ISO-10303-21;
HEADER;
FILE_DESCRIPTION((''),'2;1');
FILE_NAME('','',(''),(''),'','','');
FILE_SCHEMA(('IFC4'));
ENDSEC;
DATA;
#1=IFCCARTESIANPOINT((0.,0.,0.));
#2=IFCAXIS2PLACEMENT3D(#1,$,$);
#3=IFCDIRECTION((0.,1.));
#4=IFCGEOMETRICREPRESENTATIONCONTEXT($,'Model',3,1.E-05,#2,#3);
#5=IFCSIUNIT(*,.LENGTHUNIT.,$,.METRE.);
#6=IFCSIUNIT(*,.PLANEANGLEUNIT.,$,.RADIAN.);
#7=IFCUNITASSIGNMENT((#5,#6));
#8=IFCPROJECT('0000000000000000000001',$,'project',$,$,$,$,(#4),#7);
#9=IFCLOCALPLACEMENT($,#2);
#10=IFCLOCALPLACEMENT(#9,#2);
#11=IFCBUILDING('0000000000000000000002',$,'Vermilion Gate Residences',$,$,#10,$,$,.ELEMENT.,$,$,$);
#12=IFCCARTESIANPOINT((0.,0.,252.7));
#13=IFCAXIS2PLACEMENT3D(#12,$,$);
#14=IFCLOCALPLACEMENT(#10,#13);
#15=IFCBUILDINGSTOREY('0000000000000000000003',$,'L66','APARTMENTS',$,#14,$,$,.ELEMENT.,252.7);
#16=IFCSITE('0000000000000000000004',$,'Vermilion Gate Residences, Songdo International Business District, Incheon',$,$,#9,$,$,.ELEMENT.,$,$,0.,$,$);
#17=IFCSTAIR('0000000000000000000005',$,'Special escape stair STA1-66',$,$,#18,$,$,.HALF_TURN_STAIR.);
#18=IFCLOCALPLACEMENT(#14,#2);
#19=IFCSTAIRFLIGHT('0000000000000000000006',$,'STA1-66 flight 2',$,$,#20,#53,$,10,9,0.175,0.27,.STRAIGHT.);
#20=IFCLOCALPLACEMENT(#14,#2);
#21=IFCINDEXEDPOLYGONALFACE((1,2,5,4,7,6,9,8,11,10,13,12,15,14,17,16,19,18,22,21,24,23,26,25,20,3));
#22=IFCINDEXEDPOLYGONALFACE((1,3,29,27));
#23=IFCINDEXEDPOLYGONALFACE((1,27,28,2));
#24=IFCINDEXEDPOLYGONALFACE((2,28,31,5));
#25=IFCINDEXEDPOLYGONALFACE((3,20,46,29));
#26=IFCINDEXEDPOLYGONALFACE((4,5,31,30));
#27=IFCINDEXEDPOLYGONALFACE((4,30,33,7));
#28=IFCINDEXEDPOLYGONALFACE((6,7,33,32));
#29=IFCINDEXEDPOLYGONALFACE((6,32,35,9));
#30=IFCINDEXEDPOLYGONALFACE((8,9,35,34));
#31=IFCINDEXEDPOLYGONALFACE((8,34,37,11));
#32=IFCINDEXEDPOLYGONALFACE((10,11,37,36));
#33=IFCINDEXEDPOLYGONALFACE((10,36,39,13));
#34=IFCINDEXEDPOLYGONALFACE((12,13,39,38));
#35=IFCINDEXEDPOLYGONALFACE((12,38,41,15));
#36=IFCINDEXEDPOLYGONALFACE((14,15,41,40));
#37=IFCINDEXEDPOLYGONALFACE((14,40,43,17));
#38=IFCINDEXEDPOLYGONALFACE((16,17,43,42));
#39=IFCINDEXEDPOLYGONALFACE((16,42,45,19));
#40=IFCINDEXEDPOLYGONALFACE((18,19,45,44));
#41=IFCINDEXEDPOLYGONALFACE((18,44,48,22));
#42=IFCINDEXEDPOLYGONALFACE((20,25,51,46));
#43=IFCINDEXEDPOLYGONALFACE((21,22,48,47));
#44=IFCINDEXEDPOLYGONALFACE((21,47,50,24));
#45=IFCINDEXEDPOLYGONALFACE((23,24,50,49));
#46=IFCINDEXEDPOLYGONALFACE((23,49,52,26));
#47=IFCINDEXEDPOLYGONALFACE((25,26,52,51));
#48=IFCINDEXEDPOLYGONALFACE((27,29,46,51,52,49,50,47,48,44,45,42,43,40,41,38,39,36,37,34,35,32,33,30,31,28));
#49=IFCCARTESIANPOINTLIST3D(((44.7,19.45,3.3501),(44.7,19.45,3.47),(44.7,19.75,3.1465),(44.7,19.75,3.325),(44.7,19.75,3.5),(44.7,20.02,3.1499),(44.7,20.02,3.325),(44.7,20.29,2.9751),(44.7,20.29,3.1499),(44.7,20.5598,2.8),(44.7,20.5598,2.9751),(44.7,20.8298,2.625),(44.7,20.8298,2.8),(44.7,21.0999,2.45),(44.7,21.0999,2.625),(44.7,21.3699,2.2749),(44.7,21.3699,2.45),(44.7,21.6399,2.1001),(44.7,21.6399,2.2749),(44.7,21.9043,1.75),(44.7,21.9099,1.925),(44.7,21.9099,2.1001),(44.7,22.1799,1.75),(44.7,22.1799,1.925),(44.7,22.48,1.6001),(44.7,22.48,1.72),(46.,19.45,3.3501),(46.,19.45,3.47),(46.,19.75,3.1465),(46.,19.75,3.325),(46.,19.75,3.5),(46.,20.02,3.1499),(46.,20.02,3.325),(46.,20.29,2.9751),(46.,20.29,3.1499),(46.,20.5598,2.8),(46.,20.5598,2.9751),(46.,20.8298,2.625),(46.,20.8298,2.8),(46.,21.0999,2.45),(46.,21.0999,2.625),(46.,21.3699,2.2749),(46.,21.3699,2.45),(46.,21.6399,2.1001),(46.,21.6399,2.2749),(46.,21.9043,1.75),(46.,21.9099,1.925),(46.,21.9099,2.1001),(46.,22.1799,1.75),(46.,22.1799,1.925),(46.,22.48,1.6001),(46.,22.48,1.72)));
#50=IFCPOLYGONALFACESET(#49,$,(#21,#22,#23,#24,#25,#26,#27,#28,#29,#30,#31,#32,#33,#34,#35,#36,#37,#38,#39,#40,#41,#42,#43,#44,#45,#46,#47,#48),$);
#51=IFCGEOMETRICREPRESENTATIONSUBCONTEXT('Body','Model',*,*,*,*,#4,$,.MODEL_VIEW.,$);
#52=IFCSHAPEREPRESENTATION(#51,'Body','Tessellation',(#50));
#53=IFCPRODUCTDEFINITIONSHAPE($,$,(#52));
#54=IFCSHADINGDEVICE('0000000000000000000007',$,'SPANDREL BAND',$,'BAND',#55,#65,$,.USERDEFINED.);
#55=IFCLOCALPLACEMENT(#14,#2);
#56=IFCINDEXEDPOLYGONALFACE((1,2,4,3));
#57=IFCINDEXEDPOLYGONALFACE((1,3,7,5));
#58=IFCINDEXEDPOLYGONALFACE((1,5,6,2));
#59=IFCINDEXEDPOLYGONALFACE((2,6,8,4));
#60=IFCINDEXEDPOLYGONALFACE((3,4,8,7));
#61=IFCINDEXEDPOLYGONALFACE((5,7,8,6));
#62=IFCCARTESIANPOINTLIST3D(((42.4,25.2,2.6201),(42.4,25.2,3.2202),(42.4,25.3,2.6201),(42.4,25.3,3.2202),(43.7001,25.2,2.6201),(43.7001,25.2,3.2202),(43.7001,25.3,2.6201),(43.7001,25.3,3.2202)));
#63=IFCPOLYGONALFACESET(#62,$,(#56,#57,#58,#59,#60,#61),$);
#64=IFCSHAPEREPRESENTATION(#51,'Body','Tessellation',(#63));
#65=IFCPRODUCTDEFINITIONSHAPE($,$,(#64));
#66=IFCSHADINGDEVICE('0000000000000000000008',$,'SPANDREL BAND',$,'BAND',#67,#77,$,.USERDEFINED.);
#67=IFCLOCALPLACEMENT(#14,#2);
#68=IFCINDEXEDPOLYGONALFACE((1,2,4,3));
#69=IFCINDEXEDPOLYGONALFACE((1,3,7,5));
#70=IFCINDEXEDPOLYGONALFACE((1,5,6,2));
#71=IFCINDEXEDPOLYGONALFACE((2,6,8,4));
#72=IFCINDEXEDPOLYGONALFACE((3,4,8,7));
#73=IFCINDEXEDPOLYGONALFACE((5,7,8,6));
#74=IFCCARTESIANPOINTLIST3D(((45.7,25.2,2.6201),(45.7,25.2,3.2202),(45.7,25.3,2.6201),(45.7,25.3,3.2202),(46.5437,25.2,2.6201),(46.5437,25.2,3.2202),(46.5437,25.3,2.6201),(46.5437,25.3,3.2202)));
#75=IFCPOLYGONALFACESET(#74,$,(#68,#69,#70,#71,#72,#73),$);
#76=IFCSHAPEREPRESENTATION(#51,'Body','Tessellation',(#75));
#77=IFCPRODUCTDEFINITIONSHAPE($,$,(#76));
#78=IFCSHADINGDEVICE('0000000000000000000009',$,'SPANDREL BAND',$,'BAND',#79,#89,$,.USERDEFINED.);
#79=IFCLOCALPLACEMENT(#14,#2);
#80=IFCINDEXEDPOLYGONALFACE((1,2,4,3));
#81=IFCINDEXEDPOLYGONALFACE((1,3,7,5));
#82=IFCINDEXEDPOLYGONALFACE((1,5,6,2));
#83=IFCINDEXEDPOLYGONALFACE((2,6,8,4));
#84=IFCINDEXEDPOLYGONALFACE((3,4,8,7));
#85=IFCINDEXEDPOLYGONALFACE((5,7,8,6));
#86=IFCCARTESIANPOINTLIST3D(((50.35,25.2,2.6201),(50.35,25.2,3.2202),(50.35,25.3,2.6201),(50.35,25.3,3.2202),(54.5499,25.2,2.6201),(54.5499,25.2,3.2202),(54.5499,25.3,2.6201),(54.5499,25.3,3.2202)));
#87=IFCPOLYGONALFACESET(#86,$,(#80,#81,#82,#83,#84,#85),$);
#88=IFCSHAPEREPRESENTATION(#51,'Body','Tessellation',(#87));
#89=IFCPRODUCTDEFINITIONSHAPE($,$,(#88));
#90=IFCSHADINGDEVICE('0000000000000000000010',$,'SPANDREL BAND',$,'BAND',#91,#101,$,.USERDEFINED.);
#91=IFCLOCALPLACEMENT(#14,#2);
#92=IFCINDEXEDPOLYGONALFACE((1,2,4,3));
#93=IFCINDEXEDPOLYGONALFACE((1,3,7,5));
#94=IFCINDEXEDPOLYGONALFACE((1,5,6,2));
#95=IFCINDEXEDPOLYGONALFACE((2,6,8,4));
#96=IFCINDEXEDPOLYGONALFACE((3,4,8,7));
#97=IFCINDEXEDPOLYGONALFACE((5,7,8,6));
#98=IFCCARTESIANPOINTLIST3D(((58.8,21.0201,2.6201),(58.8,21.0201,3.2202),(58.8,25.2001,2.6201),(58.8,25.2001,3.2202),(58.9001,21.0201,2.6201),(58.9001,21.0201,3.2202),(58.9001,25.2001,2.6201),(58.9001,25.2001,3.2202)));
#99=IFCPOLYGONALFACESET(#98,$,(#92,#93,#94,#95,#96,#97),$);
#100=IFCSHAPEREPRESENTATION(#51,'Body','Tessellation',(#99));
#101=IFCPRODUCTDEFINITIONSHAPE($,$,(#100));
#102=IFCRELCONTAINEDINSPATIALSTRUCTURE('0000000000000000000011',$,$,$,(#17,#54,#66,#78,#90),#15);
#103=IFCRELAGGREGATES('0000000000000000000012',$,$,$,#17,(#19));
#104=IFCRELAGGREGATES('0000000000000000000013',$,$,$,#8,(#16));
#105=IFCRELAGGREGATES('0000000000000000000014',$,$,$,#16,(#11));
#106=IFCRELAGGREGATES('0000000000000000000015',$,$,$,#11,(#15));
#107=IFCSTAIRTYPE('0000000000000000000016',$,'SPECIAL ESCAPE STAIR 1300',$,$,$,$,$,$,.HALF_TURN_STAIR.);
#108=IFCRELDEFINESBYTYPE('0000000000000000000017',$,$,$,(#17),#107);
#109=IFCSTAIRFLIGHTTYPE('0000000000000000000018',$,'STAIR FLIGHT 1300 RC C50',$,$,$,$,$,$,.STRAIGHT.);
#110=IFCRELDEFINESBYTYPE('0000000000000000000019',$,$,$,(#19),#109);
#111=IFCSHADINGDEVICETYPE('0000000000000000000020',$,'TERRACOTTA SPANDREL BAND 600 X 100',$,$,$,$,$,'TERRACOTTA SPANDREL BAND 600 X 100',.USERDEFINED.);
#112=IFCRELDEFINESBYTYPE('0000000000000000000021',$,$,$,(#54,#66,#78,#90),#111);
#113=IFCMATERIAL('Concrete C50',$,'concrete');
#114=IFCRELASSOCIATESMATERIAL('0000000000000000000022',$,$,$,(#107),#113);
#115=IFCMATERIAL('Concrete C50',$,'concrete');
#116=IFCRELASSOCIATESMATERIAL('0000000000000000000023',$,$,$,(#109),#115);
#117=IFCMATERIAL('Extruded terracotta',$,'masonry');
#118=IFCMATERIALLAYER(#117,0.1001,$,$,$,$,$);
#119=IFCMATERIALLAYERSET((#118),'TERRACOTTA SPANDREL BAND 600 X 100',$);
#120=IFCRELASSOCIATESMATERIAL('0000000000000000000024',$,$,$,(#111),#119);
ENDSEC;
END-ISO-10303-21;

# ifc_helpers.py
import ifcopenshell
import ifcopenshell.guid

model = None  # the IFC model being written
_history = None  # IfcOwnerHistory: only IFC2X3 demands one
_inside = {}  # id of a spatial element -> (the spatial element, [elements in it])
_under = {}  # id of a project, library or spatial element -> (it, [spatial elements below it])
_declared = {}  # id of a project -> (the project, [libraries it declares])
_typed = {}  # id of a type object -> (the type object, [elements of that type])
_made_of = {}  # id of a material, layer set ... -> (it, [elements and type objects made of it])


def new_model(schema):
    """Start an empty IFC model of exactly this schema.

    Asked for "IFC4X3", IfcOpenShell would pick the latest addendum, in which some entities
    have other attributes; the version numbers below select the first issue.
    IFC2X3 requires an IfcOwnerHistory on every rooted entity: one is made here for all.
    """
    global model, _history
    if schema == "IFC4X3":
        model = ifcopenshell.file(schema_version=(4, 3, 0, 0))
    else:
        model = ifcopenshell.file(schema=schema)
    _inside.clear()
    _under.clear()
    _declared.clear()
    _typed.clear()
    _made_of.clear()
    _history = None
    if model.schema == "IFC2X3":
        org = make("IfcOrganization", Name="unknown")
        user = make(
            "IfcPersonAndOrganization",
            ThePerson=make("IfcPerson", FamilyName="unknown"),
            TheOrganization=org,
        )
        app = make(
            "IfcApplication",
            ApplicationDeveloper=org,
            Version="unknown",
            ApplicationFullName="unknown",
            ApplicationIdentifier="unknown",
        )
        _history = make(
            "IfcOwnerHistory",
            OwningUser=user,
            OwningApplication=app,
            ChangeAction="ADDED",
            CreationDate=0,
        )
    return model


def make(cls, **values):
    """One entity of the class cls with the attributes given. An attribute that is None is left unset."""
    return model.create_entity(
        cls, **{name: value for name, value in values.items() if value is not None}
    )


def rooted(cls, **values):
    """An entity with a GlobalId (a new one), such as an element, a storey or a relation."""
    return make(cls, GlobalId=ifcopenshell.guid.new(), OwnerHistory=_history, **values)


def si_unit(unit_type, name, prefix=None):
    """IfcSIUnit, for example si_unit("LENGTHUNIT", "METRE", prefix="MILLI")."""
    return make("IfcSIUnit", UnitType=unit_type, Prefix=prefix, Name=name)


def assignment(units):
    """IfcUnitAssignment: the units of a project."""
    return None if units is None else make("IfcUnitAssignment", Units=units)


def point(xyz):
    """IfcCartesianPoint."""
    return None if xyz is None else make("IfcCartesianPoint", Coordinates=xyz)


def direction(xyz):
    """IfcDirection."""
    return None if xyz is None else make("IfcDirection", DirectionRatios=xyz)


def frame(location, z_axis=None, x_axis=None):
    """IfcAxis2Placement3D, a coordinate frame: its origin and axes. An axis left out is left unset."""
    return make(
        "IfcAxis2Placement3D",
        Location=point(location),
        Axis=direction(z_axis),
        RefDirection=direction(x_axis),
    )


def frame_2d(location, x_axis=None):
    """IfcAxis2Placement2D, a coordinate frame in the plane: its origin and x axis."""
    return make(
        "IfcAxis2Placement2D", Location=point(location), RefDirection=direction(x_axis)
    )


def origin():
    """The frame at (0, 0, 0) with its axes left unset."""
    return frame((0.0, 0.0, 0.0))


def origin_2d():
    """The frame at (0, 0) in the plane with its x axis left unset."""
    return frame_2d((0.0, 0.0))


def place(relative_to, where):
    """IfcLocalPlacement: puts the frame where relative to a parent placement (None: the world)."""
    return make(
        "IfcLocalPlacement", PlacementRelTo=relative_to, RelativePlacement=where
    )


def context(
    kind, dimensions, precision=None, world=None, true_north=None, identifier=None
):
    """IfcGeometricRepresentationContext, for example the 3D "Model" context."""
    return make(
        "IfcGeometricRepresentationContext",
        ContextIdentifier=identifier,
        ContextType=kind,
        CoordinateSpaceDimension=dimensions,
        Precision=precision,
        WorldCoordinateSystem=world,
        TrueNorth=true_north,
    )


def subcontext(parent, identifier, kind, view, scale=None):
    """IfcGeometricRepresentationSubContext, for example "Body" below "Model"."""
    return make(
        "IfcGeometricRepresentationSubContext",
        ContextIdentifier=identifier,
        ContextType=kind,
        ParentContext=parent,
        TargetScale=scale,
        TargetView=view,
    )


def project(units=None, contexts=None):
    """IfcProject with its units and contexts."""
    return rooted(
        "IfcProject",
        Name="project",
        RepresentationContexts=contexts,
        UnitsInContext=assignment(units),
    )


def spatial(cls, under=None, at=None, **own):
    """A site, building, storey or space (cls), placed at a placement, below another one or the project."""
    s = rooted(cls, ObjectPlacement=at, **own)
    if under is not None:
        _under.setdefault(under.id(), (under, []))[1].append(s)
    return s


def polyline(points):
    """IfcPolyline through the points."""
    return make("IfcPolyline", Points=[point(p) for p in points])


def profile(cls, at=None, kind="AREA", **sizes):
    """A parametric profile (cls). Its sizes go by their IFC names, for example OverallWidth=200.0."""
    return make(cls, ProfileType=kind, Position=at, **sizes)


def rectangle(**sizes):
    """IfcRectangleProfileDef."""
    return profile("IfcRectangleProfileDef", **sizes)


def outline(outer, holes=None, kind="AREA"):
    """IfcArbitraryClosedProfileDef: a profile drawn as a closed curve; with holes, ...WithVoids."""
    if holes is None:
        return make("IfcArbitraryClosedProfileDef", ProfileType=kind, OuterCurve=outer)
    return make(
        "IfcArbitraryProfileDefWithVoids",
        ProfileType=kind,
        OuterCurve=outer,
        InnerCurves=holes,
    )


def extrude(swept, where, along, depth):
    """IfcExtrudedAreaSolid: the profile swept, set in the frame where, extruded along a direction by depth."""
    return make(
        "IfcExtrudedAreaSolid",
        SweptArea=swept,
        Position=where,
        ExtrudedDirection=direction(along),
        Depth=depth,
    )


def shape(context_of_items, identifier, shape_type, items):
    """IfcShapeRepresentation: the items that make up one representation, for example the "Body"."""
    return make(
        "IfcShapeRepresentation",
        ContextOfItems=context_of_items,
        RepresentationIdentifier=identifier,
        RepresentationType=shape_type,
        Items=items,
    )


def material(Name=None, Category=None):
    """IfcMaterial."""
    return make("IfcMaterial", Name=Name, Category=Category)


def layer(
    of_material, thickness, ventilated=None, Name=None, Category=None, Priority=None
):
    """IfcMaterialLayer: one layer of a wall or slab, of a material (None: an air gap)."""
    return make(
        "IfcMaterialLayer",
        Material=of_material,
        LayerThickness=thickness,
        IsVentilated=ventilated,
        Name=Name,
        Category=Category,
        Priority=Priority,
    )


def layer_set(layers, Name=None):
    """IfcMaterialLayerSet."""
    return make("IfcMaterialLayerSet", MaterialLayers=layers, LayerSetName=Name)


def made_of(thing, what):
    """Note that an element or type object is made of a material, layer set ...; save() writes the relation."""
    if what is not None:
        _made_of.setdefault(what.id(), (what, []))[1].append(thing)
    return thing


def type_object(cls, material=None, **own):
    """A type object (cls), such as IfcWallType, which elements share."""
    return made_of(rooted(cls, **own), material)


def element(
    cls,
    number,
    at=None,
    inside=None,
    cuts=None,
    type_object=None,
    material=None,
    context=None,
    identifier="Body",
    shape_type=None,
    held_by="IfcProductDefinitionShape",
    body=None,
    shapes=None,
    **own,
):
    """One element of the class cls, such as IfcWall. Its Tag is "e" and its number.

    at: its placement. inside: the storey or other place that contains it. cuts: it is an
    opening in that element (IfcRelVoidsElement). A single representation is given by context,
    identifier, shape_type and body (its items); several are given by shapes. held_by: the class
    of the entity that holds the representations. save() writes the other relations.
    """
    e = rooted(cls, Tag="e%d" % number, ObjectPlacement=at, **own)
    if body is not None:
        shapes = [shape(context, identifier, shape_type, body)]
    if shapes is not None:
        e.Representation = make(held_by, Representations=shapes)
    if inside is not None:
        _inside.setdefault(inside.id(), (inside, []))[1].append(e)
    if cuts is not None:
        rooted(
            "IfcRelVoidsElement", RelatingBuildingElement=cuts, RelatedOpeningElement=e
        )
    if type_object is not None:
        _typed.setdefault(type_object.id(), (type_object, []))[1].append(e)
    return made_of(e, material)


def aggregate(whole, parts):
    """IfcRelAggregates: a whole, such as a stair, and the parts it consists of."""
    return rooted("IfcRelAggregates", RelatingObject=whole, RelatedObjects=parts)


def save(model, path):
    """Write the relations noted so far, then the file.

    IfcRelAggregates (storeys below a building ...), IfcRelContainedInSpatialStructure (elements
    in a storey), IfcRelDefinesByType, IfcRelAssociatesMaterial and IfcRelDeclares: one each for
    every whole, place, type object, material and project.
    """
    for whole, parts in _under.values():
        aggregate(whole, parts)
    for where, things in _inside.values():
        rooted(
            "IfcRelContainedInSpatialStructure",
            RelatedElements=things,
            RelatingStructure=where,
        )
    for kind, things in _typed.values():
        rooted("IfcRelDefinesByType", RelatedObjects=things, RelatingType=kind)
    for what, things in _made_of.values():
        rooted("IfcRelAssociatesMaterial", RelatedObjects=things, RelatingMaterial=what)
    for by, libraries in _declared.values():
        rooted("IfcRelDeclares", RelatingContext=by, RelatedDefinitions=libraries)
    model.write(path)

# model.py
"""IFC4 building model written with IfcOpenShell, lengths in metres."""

from ifc_helpers import new_model, si_unit, direction, frame, origin, origin_2d, place, context, subcontext, project, spatial, polyline, rectangle, outline, extrude, material, layer, layer_set, type_object, element, aggregate, save


model = new_model("IFC4")

# Units and contexts
model_context = context("Model", 3, precision=1e-05, world=origin(), true_north=direction((0.0, 1.0)))
body_context = subcontext(model_context, "Body", "Model", "MODEL_VIEW")
ifc_project = project(units=[si_unit("LENGTHUNIT", "METRE"), si_unit("PLANEANGLEUNIT", "RADIAN")], contexts=[model_context])

# Site, building, storey
site_placement = place(None, origin())
site = spatial("IfcSite", under=ifc_project, at=site_placement, Name="Vermilion Gate Residences, Songdo International Business District, Incheon", CompositionType="ELEMENT", RefElevation=0.0)
building_placement = place(site_placement, origin())
building = spatial("IfcBuilding", under=site, at=building_placement, Name="Vermilion Gate Residences", CompositionType="ELEMENT")
storey_placement = place(building_placement, frame((0.0, 0.0, 252.7)))
storey = spatial("IfcBuildingStorey", under=building, at=storey_placement, Name="L66", Description="APARTMENTS", CompositionType="ELEMENT", Elevation=252.7)

# Stair, stair flight
ifc_material_1 = material(Name="Concrete C50", Category="concrete")
stair_type = type_object("IfcStairType", Name="SPECIAL ESCAPE STAIR 1300", PredefinedType="HALF_TURN_STAIR", material=ifc_material_1)
stair_placement = place(storey_placement, origin())
stair = element("IfcStair", 1, at=stair_placement, inside=storey, type_object=stair_type, Name="Special escape stair STA1-66", PredefinedType="HALF_TURN_STAIR")
ifc_material_2 = material(Name="Concrete C50", Category="concrete")
stair_flight_type = type_object("IfcStairFlightType", Name="STAIR FLIGHT 1300 RC C50", PredefinedType="STRAIGHT", material=ifc_material_2)
stair_flight_1_placement = place(storey_placement, frame((45.3501, 22.1799, 1.75), z_axis=(0.0, 0.0, 1.0), x_axis=(0.0, -1.0, 0.0)))
stair_flight_1 = element("IfcStairFlight", 2, at=stair_flight_1_placement, type_object=stair_flight_type, Name="STA1-66 flight 2", NumberOfRisers=10, NumberOfTreads=9, PredefinedType="STRAIGHT", RiserHeight=0.175, TreadLength=0.27, context=body_context, shape_type="SweptSolid", body=[
    extrude(outline(polyline([(-0.3, -0.1499), (-0.3, -0.03), (0.0, 0.0), (0.0, 0.175), (0.27, 0.175), (0.27, 0.3501), (0.54, 0.3501), (0.54, 0.5249), (0.8101, 0.5249), (0.8101, 0.7), (1.0801, 0.7), (1.0801, 0.875), (1.3501, 0.875), (1.3501, 1.05), (1.6201, 1.05), (1.6201, 1.2251), (1.8899, 1.2251), (1.8899, 1.3999), (2.1599, 1.3999), (2.1599, 1.575), (2.4299, 1.575), (2.4299, 1.75), (2.73, 1.72), (2.73, 1.6001), (2.4299, 1.3965), (0.2756, 0.0), (-0.3, -0.1499)])), frame((0.0, 0.6499, 0.0), z_axis=(0.0, -1.0, 0.0), x_axis=(1.0, 0.0, 0.0)), (0.0, 0.0, 1.0), 1.3),
])
aggregate(stair, [stair_flight_1])

# Shading devices
ifc_material_3 = material(Name="Extruded terracotta", Category="masonry")
ifc_layer_1 = layer(ifc_material_3, 0.1001)
ifc_layer_set_1 = layer_set([ifc_layer_1], Name="TERRACOTTA SPANDREL BAND 600 X 100")
shading_device_type = type_object("IfcShadingDeviceType", Name="TERRACOTTA SPANDREL BAND 600 X 100", ElementType="TERRACOTTA SPANDREL BAND 600 X 100", PredefinedType="USERDEFINED", material=ifc_layer_set_1)
shading_device_1_placement = place(storey_placement, frame((43.05, 25.25, 2.6201), z_axis=(0.0, 0.0, 1.0), x_axis=(1.0, 0.0, 0.0)))
element("IfcShadingDevice", 3, at=shading_device_1_placement, inside=storey, type_object=shading_device_type, Name="SPANDREL BAND", ObjectType="BAND", PredefinedType="USERDEFINED", context=body_context, shape_type="SweptSolid", body=[
    extrude(rectangle(XDim=1.3, YDim=0.1001, at=origin_2d()), origin(), (0.0, 0.0, 1.0), 0.6001),
])
shading_device_2_placement = place(storey_placement, frame((46.1218, 25.25, 2.6201), z_axis=(0.0, 0.0, 1.0), x_axis=(1.0, 0.0, 0.0)))
element("IfcShadingDevice", 4, at=shading_device_2_placement, inside=storey, type_object=shading_device_type, Name="SPANDREL BAND", ObjectType="BAND", PredefinedType="USERDEFINED", context=body_context, shape_type="SweptSolid", body=[
    extrude(rectangle(XDim=0.8438, YDim=0.1001, at=origin_2d()), origin(), (0.0, 0.0, 1.0), 0.6001),
])
shading_device_3_placement = place(storey_placement, frame((52.45, 25.25, 2.6201), z_axis=(0.0, 0.0, 1.0), x_axis=(1.0, 0.0, 0.0)))
element("IfcShadingDevice", 5, at=shading_device_3_placement, inside=storey, type_object=shading_device_type, Name="SPANDREL BAND", ObjectType="BAND", PredefinedType="USERDEFINED", context=body_context, shape_type="SweptSolid", body=[
    extrude(rectangle(XDim=4.2, YDim=0.1001, at=origin_2d()), origin(), (0.0, 0.0, 1.0), 0.6001),
])
shading_device_4_placement = place(storey_placement, frame((58.8501, 23.1101, 2.6201), z_axis=(0.0, 0.0, 1.0), x_axis=(0.0, 1.0, 0.0)))
element("IfcShadingDevice", 6, at=shading_device_4_placement, inside=storey, type_object=shading_device_type, Name="SPANDREL BAND", ObjectType="BAND", PredefinedType="USERDEFINED", context=body_context, shape_type="SweptSolid", body=[
    extrude(rectangle(XDim=4.1799, YDim=0.1001, at=origin_2d()), origin(), (0.0, 0.0, 1.0), 0.6001),
])

save(model, "model.ifc")
